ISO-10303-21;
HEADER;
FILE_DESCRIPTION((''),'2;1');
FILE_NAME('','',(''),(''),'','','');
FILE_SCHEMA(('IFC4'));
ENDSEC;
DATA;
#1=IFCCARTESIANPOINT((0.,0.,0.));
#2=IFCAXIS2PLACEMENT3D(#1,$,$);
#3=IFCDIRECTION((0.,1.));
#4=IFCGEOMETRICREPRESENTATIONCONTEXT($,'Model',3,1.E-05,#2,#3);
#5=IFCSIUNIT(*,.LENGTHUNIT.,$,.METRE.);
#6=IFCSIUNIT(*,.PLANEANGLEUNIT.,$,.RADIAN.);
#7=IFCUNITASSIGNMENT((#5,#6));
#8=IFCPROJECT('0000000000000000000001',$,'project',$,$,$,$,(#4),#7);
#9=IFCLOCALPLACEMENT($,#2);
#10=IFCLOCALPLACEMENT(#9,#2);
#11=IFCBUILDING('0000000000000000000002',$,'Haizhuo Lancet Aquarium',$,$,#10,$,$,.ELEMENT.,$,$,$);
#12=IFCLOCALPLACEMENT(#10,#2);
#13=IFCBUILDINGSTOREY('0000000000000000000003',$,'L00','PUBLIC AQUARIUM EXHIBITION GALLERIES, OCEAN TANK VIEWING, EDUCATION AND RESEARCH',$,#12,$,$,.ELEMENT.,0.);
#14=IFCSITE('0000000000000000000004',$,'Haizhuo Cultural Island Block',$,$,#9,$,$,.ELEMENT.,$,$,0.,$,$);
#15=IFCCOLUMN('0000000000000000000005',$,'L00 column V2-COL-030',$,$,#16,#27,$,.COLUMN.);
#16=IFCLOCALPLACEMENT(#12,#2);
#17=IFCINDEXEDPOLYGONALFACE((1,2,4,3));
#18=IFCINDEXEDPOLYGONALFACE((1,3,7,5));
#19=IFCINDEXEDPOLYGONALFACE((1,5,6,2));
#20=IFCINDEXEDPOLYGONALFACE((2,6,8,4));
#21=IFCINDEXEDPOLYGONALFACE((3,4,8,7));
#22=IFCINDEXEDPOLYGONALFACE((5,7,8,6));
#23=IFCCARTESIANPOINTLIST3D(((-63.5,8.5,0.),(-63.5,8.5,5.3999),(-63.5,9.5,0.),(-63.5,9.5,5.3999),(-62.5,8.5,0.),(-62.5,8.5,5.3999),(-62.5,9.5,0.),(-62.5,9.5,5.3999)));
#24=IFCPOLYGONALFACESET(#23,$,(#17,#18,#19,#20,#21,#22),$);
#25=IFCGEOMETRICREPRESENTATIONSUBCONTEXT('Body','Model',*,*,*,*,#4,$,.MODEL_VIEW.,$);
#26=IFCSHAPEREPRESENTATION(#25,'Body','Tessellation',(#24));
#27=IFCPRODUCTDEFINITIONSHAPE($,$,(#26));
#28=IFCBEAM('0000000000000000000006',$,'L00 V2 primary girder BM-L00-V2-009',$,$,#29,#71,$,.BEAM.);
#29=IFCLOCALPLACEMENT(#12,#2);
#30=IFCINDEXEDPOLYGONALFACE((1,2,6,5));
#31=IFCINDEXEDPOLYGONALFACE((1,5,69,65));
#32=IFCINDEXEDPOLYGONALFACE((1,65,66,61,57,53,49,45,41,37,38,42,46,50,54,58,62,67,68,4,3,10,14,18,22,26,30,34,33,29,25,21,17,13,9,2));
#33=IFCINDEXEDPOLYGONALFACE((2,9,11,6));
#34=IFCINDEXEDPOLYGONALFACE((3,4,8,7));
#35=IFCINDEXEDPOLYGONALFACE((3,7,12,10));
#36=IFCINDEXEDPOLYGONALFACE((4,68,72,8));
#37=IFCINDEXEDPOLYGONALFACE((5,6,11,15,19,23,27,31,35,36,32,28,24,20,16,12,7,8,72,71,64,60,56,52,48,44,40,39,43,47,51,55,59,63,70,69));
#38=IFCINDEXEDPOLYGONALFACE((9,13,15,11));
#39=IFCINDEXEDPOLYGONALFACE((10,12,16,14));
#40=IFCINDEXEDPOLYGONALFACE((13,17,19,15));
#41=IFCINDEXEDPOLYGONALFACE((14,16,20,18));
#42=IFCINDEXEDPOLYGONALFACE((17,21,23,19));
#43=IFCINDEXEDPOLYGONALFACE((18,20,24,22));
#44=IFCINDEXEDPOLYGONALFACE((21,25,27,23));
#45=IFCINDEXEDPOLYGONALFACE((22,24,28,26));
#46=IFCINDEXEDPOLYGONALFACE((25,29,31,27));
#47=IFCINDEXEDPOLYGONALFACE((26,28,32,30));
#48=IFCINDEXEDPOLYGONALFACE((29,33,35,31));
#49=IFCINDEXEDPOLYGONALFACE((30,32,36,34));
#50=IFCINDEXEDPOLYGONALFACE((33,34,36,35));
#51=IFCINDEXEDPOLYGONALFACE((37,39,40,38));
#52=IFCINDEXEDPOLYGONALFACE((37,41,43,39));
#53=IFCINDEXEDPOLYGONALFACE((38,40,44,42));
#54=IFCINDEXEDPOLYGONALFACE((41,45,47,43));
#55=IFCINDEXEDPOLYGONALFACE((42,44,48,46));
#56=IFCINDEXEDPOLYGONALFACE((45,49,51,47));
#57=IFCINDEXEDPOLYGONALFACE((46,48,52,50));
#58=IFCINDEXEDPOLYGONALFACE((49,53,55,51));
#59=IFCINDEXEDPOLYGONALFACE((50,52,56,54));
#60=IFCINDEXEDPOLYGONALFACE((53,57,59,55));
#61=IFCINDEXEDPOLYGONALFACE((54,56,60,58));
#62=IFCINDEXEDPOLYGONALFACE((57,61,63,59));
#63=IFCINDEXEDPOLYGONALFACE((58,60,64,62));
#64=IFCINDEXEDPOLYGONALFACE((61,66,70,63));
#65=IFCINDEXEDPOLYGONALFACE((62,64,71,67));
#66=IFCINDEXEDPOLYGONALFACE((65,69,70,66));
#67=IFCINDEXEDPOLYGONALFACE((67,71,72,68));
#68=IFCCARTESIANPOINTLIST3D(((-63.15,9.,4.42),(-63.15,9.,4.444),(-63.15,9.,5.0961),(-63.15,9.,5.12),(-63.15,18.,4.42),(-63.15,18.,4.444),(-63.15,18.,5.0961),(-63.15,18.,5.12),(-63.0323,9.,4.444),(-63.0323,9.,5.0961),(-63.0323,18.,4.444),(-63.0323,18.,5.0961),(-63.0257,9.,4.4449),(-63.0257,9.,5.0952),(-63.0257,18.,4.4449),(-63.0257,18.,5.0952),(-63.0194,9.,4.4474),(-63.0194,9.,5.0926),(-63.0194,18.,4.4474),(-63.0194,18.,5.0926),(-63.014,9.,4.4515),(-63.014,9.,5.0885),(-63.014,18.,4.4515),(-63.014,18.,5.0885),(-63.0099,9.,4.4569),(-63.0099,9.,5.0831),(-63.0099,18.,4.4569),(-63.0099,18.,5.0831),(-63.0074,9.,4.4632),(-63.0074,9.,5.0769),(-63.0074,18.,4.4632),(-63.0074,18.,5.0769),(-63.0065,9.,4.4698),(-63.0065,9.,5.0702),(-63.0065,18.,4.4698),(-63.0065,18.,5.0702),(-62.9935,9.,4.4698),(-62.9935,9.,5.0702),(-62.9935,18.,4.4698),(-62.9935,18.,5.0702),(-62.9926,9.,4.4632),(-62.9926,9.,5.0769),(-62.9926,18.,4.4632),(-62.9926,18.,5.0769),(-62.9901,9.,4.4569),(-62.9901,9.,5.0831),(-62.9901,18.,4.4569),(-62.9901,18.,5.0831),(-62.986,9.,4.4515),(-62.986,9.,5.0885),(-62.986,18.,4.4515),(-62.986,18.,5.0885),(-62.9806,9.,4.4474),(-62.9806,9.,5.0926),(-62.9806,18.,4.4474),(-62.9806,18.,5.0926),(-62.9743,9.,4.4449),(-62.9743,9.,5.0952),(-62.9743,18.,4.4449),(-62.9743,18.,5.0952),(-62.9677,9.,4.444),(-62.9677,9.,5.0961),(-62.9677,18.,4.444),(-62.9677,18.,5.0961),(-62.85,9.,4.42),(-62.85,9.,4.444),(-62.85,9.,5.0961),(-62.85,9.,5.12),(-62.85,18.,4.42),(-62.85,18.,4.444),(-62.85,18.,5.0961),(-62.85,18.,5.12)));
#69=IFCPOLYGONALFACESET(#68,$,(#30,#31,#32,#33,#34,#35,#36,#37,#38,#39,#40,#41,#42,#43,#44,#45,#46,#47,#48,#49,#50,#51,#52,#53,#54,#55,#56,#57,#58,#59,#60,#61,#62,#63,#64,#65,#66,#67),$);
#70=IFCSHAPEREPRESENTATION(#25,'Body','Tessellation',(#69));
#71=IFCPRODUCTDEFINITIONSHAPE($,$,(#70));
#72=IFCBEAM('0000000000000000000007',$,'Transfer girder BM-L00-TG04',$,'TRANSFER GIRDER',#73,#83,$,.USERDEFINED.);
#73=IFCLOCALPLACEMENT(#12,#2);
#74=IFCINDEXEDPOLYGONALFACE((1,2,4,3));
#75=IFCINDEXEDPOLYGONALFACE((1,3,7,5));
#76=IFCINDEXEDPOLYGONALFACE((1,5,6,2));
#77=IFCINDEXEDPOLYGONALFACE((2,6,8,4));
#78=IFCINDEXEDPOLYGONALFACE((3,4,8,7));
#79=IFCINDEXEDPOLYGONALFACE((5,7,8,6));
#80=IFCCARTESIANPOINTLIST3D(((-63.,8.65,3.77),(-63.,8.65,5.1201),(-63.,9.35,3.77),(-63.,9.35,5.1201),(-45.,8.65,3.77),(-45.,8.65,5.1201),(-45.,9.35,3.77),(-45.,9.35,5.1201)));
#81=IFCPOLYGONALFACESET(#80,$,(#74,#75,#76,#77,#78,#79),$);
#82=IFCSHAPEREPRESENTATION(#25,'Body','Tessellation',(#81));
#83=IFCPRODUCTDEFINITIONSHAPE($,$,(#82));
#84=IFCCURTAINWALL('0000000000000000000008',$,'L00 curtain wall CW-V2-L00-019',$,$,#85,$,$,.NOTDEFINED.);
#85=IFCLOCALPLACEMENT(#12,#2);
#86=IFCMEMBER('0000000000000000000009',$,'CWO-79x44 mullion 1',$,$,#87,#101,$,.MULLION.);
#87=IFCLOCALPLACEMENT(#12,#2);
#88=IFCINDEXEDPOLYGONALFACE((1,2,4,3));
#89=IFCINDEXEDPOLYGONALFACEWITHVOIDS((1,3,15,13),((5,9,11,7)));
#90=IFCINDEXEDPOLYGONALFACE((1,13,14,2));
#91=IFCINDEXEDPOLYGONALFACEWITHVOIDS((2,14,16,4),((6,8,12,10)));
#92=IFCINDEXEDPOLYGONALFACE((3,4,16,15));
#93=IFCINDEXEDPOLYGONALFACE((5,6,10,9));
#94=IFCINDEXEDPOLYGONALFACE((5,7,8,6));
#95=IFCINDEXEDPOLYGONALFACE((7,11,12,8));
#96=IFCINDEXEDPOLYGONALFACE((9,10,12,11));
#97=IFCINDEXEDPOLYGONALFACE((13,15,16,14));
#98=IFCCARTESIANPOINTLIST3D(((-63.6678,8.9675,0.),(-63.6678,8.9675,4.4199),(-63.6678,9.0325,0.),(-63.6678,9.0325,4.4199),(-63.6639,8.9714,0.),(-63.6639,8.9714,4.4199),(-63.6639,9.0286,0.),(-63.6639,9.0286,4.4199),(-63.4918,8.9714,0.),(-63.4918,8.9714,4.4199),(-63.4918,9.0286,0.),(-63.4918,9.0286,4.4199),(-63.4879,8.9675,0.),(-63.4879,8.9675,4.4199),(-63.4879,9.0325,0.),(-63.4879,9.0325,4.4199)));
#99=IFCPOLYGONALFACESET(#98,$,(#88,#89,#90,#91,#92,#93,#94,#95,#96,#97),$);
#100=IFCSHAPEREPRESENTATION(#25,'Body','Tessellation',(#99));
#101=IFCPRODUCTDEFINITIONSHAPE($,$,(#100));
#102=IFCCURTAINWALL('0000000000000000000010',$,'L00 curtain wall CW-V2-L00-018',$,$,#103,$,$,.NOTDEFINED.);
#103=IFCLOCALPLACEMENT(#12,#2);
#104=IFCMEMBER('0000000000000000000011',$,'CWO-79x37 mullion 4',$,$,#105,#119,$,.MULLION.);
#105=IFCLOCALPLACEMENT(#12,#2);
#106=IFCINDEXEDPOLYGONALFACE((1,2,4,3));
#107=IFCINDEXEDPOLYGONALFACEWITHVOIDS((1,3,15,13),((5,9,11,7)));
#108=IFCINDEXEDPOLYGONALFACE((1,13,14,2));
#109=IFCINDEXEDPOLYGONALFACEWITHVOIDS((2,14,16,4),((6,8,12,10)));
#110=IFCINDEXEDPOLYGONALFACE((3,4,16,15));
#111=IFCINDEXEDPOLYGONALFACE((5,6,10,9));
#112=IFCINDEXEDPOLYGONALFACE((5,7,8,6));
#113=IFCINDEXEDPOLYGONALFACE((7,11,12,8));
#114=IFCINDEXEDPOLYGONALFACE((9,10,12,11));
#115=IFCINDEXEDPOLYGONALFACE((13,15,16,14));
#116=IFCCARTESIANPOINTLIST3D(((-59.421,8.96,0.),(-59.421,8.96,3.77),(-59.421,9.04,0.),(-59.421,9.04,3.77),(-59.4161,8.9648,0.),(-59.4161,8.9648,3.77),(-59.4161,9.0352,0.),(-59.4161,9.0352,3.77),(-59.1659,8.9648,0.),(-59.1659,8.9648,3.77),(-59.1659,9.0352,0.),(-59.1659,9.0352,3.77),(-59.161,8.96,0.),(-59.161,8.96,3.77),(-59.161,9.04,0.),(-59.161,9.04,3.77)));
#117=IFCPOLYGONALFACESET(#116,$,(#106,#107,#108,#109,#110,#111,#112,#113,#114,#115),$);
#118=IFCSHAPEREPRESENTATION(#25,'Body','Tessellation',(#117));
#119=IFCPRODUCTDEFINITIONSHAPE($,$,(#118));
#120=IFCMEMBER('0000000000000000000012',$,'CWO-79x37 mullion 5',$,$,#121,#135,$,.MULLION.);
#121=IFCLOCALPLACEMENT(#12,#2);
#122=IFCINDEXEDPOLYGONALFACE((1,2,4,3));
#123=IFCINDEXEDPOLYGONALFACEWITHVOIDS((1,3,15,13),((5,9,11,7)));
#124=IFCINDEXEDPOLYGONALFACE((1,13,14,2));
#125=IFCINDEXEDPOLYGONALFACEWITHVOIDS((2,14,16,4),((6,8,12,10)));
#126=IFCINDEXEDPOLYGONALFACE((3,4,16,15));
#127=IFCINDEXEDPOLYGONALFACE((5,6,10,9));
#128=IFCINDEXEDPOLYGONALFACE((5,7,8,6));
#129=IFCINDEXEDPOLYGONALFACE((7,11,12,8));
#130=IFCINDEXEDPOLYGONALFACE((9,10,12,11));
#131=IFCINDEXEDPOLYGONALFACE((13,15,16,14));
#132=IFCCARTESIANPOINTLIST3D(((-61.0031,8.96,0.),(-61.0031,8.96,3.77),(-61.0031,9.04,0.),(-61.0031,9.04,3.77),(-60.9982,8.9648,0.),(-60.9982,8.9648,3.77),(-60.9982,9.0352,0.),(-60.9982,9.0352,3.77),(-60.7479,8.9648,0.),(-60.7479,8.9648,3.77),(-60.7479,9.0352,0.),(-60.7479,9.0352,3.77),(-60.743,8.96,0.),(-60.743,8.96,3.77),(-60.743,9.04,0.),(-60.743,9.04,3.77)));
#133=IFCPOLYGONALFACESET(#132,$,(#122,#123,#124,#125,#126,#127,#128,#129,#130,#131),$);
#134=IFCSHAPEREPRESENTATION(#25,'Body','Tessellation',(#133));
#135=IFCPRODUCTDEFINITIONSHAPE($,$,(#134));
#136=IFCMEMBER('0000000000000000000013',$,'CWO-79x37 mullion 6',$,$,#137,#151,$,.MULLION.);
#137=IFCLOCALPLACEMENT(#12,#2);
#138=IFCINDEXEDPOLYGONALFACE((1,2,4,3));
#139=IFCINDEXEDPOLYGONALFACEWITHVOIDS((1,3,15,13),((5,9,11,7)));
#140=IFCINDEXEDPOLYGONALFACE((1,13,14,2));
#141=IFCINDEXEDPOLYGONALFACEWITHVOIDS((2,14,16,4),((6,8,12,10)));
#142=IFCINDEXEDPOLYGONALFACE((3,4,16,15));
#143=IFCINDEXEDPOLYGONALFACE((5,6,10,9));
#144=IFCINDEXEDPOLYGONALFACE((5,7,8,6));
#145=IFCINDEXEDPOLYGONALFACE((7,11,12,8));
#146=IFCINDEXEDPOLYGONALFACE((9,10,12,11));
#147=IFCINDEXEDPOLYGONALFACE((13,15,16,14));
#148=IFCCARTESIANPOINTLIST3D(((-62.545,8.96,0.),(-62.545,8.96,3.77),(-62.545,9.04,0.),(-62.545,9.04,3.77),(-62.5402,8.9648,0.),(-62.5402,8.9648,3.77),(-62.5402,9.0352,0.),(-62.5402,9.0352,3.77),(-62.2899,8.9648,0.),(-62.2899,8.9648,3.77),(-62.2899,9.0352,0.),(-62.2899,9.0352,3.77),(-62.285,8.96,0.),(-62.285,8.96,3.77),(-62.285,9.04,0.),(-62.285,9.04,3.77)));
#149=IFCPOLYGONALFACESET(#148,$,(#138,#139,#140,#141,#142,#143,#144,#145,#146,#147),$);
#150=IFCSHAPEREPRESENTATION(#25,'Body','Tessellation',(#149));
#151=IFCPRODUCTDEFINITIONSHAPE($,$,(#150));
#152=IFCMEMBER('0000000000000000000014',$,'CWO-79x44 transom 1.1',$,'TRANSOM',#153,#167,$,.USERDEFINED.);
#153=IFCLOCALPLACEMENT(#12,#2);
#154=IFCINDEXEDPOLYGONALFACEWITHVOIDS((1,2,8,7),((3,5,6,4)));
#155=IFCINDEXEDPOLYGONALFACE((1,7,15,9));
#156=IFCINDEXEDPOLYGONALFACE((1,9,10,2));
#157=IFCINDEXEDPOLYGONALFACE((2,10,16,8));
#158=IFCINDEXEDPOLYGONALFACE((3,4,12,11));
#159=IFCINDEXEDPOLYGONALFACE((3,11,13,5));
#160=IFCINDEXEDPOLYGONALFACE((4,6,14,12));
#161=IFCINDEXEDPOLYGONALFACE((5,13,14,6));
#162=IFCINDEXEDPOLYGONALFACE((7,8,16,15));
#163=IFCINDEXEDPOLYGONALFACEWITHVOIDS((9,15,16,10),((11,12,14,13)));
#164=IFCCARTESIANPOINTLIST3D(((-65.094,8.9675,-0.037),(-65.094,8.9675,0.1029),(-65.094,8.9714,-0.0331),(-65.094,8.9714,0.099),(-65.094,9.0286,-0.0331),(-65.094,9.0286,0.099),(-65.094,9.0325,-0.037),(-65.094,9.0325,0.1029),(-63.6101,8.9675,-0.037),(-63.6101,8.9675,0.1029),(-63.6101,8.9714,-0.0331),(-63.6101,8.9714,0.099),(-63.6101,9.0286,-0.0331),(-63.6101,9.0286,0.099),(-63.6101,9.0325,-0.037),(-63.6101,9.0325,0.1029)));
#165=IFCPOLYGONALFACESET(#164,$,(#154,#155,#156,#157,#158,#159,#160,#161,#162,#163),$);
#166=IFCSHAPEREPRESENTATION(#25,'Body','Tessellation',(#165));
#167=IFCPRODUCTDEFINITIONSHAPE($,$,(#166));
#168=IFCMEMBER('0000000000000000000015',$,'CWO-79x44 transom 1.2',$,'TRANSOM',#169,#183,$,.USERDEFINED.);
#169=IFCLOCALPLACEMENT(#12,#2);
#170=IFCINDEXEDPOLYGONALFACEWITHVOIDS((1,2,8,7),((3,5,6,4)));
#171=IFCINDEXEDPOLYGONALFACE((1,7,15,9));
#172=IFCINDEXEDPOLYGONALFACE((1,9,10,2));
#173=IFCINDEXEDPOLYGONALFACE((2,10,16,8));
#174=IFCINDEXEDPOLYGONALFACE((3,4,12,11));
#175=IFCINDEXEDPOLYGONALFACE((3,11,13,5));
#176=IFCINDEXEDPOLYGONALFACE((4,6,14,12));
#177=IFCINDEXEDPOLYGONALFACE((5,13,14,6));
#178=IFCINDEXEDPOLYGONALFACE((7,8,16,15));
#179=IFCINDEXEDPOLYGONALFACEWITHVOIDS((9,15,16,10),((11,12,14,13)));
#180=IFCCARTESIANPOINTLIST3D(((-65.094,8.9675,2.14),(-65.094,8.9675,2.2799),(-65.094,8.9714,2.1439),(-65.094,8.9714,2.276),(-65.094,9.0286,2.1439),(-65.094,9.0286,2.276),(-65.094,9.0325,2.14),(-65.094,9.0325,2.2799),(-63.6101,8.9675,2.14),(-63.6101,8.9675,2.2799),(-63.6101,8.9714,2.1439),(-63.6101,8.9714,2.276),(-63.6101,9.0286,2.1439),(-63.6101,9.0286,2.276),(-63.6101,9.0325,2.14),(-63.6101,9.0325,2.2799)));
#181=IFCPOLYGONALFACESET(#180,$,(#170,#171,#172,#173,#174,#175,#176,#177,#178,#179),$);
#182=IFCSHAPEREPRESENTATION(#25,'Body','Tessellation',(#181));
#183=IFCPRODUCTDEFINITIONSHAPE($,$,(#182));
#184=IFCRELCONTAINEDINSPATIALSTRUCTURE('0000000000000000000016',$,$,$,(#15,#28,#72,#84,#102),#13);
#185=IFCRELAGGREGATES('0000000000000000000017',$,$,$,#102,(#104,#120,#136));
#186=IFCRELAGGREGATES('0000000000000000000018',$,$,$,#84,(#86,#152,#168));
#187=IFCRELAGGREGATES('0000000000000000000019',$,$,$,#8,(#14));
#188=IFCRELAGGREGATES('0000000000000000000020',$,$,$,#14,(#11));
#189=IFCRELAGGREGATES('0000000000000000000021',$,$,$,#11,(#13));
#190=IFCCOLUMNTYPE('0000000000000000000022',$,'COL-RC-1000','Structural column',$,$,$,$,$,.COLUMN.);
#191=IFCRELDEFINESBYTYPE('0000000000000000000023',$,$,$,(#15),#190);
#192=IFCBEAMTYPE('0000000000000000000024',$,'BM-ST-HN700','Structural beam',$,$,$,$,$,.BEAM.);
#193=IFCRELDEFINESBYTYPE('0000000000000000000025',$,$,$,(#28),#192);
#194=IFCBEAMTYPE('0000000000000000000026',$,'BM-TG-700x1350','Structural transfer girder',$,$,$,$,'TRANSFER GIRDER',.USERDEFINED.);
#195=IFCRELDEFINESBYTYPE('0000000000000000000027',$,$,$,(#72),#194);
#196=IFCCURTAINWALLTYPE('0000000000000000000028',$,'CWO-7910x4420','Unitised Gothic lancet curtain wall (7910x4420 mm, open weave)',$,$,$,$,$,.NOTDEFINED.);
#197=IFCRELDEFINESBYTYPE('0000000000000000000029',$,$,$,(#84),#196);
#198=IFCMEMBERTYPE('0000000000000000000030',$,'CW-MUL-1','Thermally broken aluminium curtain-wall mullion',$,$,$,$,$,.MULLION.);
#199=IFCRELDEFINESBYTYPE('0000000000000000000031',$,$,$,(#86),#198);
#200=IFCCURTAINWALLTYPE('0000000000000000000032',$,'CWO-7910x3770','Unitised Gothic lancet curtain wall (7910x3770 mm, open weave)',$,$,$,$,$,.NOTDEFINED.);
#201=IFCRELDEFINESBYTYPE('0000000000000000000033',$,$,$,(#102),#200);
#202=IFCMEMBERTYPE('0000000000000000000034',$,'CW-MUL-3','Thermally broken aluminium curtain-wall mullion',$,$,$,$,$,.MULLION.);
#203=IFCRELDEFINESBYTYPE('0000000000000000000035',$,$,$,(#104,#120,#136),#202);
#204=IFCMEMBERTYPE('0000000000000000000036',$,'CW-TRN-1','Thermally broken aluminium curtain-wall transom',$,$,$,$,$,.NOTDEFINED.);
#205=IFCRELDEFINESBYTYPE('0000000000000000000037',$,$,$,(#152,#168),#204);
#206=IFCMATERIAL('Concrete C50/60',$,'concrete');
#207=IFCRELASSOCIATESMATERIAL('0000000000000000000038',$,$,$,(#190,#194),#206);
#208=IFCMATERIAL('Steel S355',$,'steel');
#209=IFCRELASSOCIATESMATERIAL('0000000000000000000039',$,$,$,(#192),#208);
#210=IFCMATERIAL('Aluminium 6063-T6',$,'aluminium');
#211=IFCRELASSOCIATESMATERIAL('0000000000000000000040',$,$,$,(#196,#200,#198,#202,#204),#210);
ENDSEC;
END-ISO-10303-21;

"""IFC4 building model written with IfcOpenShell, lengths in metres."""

from ifc_helpers import new_model, si_unit, direction, frame, origin, origin_2d, place, context, subcontext, project, spatial, rectangle, hollow_rectangle, i_section, extrude, material, material_profile, profile_set, type_object, element, aggregate, save


model = new_model("IFC4")

# Units and contexts
model_context = context("Model", 3, precision=1e-05, world=origin(), true_north=direction((0.0, 1.0)))
body_context = subcontext(model_context, "Body", "Model", "MODEL_VIEW")
ifc_project = project(units=[si_unit("LENGTHUNIT", "METRE"), si_unit("PLANEANGLEUNIT", "RADIAN")], contexts=[model_context])

# Site, building, storey
site_placement = place(None, origin())
site = spatial("IfcSite", under=ifc_project, at=site_placement, Name="Haizhuo Cultural Island Block", CompositionType="ELEMENT", RefElevation=0.0)
building_placement = place(site_placement, origin())
building = spatial("IfcBuilding", under=site, at=building_placement, Name="Haizhuo Lancet Aquarium", CompositionType="ELEMENT")
storey_placement = place(building_placement, origin())
storey = spatial("IfcBuildingStorey", under=building, at=storey_placement, Name="L00", Description="PUBLIC AQUARIUM EXHIBITION GALLERIES, OCEAN TANK VIEWING, EDUCATION AND RESEARCH", CompositionType="ELEMENT", Elevation=0.0)

# Column
ifc_material_1 = material(Name="Concrete C50/60", Category="concrete")
ifc_material_profile_1 = material_profile(ifc_material_1, rectangle(XDim=1.0, YDim=1.0, at=origin_2d()), Name="RC-COL 1000x1000")
ifc_profile_set_1 = profile_set([ifc_material_profile_1], Name="Concrete C50/60")
column_type = type_object("IfcColumnType", Name="COL-RC-1000", Description="Structural column", PredefinedType="COLUMN", material=ifc_profile_set_1)
column_placement = place(storey_placement, frame((-63.0, 9.0, 0.0), z_axis=(0.0, 0.0, 1.0), x_axis=(1.0, 0.0, 0.0)))
element("IfcColumn", 1, at=column_placement, inside=storey, type_object=column_type, Name="L00 column V2-COL-030", PredefinedType="COLUMN", context=body_context, shape_type="SweptSolid", body=[
    extrude(rectangle(XDim=1.0, YDim=1.0, at=origin_2d()), origin(), (0.0, 0.0, 1.0), 5.3999),
])

# Beams
ifc_material_2 = material(Name="Steel S355", Category="steel")
ifc_material_profile_2 = material_profile(ifc_material_2, i_section(OverallWidth=0.3, OverallDepth=0.7, WebThickness=0.0129, FlangeThickness=0.0239, FilletRadius=0.0259, at=origin_2d()), Name="HN 700x300x13x24")
ifc_profile_set_2 = profile_set([ifc_material_profile_2], Name="Steel S355")
beam_type_1 = type_object("IfcBeamType", Name="BM-ST-HN700", Description="Structural beam", PredefinedType="BEAM", material=ifc_profile_set_2)
beam_1_placement = place(storey_placement, frame((-63.0, 9.0, 4.77), z_axis=(0.0, 1.0, 0.0), x_axis=(-1.0, 0.0, 0.0)))
element("IfcBeam", 2, at=beam_1_placement, inside=storey, type_object=beam_type_1, Name="L00 V2 primary girder BM-L00-V2-009", PredefinedType="BEAM", context=body_context, shape_type="SweptSolid", body=[
    extrude(i_section(OverallWidth=0.3, OverallDepth=0.7, WebThickness=0.0129, FlangeThickness=0.0239, FilletRadius=0.0259, at=origin_2d()), origin(), (0.0, 0.0, 1.0), 9.0),
])
ifc_material_profile_3 = material_profile(ifc_material_1, rectangle(XDim=0.7, YDim=1.3501, at=origin_2d()), Name="RC-TG 700x1350")
ifc_profile_set_3 = profile_set([ifc_material_profile_3], Name="Concrete C50/60")
beam_type_2 = type_object("IfcBeamType", Name="BM-TG-700x1350", Description="Structural transfer girder", ElementType="TRANSFER GIRDER", PredefinedType="USERDEFINED", material=ifc_profile_set_3)
beam_2_placement = place(storey_placement, frame((-63.0, 9.0, 4.4451), z_axis=(1.0, 0.0, 0.0), x_axis=(0.0, 1.0, 0.0)))
element("IfcBeam", 3, at=beam_2_placement, inside=storey, type_object=beam_type_2, Name="Transfer girder BM-L00-TG04", ObjectType="TRANSFER GIRDER", PredefinedType="USERDEFINED", context=body_context, shape_type="SweptSolid", body=[
    extrude(rectangle(XDim=0.7, YDim=1.3501, at=origin_2d()), origin(), (0.0, 0.0, 1.0), 18.0),
])

# Curtain wall, member
ifc_material_3 = material(Name="Aluminium 6063-T6", Category="aluminium")
curtain_wall_type_1 = type_object("IfcCurtainWallType", Name="CWO-7910x4420", Description="Unitised Gothic lancet curtain wall (7910x4420 mm, open weave)", PredefinedType="NOTDEFINED", material=ifc_material_3)
curtain_wall_1_placement = place(storey_placement, origin())
curtain_wall_1 = element("IfcCurtainWall", 4, at=curtain_wall_1_placement, inside=storey, type_object=curtain_wall_type_1, Name="L00 curtain wall CW-V2-L00-019", PredefinedType="NOTDEFINED")
ifc_material_profile_4 = material_profile(ifc_material_3, hollow_rectangle(XDim=0.0649, YDim=0.1799, WallThickness=0.0039, at=origin_2d()), Name="ALU-M 65x180x4")
ifc_profile_set_4 = profile_set([ifc_material_profile_4], Name="Aluminium 6063-T6")
member_type_1 = type_object("IfcMemberType", Name="CW-MUL-1", Description="Thermally broken aluminium curtain-wall mullion", PredefinedType="MULLION", material=ifc_profile_set_4)
member_1_placement = place(storey_placement, frame((-63.5779, 9.0, 0.0), z_axis=(0.0, 0.0, 1.0), x_axis=(0.0, -1.0, 0.0)))
member_1 = element("IfcMember", 5, at=member_1_placement, type_object=member_type_1, Name="CWO-79x44 mullion 1", PredefinedType="MULLION", context=body_context, shape_type="SweptSolid", body=[
    extrude(hollow_rectangle(XDim=0.0649, YDim=0.1799, WallThickness=0.0039, at=origin_2d()), origin(), (0.0, 0.0, 1.0), 4.4199),
])

# Curtain wall, members
curtain_wall_type_2 = type_object("IfcCurtainWallType", Name="CWO-7910x3770", Description="Unitised Gothic lancet curtain wall (7910x3770 mm, open weave)", PredefinedType="NOTDEFINED", material=ifc_material_3)
curtain_wall_2_placement = place(storey_placement, origin())
curtain_wall_2 = element("IfcCurtainWall", 6, at=curtain_wall_2_placement, inside=storey, type_object=curtain_wall_type_2, Name="L00 curtain wall CW-V2-L00-018", PredefinedType="NOTDEFINED")
ifc_material_profile_5 = material_profile(ifc_material_3, hollow_rectangle(XDim=0.0801, YDim=0.26, WallThickness=0.0049, at=origin_2d()), Name="ALU-M 80x260x5")
ifc_profile_set_5 = profile_set([ifc_material_profile_5], Name="Aluminium 6063-T6")
member_type_2 = type_object("IfcMemberType", Name="CW-MUL-3", Description="Thermally broken aluminium curtain-wall mullion", PredefinedType="MULLION", material=ifc_profile_set_5)
member_2_placement = place(storey_placement, frame((-59.291, 9.0, 0.0), z_axis=(0.0, 0.0, 1.0), x_axis=(0.0, -1.0, 0.0)))
member_2 = element("IfcMember", 7, at=member_2_placement, type_object=member_type_2, Name="CWO-79x37 mullion 4", PredefinedType="MULLION", context=body_context, shape_type="SweptSolid", body=[
    extrude(hollow_rectangle(XDim=0.0801, YDim=0.26, WallThickness=0.0049, at=origin_2d()), origin(), (0.0, 0.0, 1.0), 3.77),
])
member_3_placement = place(storey_placement, frame((-60.873, 9.0, 0.0), z_axis=(0.0, 0.0, 1.0), x_axis=(0.0, -1.0, 0.0)))
member_3 = element("IfcMember", 8, at=member_3_placement, type_object=member_type_2, Name="CWO-79x37 mullion 5", PredefinedType="MULLION", context=body_context, shape_type="SweptSolid", body=[
    extrude(hollow_rectangle(XDim=0.0801, YDim=0.26, WallThickness=0.0049, at=origin_2d()), origin(), (0.0, 0.0, 1.0), 3.77),
])
member_4_placement = place(storey_placement, frame((-62.415, 9.0, 0.0), z_axis=(0.0, 0.0, 1.0), x_axis=(0.0, -1.0, 0.0)))
member_4 = element("IfcMember", 9, at=member_4_placement, type_object=member_type_2, Name="CWO-79x37 mullion 6", PredefinedType="MULLION", context=body_context, shape_type="SweptSolid", body=[
    extrude(hollow_rectangle(XDim=0.0801, YDim=0.26, WallThickness=0.0049, at=origin_2d()), origin(), (0.0, 0.0, 1.0), 3.77),
])

# Members
ifc_material_profile_6 = material_profile(ifc_material_3, hollow_rectangle(XDim=0.0649, YDim=0.1399, WallThickness=0.0039, at=origin_2d()), Name="ALU-T 65x140x4")
ifc_profile_set_6 = profile_set([ifc_material_profile_6], Name="Aluminium 6063-T6")
member_type_3 = type_object("IfcMemberType", Name="CW-TRN-1", Description="Thermally broken aluminium curtain-wall transom", PredefinedType="NOTDEFINED", material=ifc_profile_set_6)
member_5_placement = place(storey_placement, frame((-63.6101, 9.0, 0.033), z_axis=(-1.0, 0.0, 0.0), x_axis=(0.0, -1.0, 0.0)))
member_5 = element("IfcMember", 10, at=member_5_placement, type_object=member_type_3, Name="CWO-79x44 transom 1.1", ObjectType="TRANSOM", PredefinedType="USERDEFINED", context=body_context, shape_type="SweptSolid", body=[
    extrude(hollow_rectangle(XDim=0.0649, YDim=0.1399, WallThickness=0.0039, at=origin_2d()), origin(), (0.0, 0.0, 1.0), 1.4839),
])
member_6_placement = place(storey_placement, frame((-63.6101, 9.0, 2.21), z_axis=(-1.0, 0.0, 0.0), x_axis=(0.0, -1.0, 0.0)))
member_6 = element("IfcMember", 11, at=member_6_placement, type_object=member_type_3, Name="CWO-79x44 transom 1.2", ObjectType="TRANSOM", PredefinedType="USERDEFINED", context=body_context, shape_type="SweptSolid", body=[
    extrude(hollow_rectangle(XDim=0.0649, YDim=0.1399, WallThickness=0.0039, at=origin_2d()), origin(), (0.0, 0.0, 1.0), 1.4839),
])

aggregate(curtain_wall_2, [member_2, member_3, member_4])
aggregate(curtain_wall_1, [member_1, member_5, member_6])

save(model, "model.ifc")
